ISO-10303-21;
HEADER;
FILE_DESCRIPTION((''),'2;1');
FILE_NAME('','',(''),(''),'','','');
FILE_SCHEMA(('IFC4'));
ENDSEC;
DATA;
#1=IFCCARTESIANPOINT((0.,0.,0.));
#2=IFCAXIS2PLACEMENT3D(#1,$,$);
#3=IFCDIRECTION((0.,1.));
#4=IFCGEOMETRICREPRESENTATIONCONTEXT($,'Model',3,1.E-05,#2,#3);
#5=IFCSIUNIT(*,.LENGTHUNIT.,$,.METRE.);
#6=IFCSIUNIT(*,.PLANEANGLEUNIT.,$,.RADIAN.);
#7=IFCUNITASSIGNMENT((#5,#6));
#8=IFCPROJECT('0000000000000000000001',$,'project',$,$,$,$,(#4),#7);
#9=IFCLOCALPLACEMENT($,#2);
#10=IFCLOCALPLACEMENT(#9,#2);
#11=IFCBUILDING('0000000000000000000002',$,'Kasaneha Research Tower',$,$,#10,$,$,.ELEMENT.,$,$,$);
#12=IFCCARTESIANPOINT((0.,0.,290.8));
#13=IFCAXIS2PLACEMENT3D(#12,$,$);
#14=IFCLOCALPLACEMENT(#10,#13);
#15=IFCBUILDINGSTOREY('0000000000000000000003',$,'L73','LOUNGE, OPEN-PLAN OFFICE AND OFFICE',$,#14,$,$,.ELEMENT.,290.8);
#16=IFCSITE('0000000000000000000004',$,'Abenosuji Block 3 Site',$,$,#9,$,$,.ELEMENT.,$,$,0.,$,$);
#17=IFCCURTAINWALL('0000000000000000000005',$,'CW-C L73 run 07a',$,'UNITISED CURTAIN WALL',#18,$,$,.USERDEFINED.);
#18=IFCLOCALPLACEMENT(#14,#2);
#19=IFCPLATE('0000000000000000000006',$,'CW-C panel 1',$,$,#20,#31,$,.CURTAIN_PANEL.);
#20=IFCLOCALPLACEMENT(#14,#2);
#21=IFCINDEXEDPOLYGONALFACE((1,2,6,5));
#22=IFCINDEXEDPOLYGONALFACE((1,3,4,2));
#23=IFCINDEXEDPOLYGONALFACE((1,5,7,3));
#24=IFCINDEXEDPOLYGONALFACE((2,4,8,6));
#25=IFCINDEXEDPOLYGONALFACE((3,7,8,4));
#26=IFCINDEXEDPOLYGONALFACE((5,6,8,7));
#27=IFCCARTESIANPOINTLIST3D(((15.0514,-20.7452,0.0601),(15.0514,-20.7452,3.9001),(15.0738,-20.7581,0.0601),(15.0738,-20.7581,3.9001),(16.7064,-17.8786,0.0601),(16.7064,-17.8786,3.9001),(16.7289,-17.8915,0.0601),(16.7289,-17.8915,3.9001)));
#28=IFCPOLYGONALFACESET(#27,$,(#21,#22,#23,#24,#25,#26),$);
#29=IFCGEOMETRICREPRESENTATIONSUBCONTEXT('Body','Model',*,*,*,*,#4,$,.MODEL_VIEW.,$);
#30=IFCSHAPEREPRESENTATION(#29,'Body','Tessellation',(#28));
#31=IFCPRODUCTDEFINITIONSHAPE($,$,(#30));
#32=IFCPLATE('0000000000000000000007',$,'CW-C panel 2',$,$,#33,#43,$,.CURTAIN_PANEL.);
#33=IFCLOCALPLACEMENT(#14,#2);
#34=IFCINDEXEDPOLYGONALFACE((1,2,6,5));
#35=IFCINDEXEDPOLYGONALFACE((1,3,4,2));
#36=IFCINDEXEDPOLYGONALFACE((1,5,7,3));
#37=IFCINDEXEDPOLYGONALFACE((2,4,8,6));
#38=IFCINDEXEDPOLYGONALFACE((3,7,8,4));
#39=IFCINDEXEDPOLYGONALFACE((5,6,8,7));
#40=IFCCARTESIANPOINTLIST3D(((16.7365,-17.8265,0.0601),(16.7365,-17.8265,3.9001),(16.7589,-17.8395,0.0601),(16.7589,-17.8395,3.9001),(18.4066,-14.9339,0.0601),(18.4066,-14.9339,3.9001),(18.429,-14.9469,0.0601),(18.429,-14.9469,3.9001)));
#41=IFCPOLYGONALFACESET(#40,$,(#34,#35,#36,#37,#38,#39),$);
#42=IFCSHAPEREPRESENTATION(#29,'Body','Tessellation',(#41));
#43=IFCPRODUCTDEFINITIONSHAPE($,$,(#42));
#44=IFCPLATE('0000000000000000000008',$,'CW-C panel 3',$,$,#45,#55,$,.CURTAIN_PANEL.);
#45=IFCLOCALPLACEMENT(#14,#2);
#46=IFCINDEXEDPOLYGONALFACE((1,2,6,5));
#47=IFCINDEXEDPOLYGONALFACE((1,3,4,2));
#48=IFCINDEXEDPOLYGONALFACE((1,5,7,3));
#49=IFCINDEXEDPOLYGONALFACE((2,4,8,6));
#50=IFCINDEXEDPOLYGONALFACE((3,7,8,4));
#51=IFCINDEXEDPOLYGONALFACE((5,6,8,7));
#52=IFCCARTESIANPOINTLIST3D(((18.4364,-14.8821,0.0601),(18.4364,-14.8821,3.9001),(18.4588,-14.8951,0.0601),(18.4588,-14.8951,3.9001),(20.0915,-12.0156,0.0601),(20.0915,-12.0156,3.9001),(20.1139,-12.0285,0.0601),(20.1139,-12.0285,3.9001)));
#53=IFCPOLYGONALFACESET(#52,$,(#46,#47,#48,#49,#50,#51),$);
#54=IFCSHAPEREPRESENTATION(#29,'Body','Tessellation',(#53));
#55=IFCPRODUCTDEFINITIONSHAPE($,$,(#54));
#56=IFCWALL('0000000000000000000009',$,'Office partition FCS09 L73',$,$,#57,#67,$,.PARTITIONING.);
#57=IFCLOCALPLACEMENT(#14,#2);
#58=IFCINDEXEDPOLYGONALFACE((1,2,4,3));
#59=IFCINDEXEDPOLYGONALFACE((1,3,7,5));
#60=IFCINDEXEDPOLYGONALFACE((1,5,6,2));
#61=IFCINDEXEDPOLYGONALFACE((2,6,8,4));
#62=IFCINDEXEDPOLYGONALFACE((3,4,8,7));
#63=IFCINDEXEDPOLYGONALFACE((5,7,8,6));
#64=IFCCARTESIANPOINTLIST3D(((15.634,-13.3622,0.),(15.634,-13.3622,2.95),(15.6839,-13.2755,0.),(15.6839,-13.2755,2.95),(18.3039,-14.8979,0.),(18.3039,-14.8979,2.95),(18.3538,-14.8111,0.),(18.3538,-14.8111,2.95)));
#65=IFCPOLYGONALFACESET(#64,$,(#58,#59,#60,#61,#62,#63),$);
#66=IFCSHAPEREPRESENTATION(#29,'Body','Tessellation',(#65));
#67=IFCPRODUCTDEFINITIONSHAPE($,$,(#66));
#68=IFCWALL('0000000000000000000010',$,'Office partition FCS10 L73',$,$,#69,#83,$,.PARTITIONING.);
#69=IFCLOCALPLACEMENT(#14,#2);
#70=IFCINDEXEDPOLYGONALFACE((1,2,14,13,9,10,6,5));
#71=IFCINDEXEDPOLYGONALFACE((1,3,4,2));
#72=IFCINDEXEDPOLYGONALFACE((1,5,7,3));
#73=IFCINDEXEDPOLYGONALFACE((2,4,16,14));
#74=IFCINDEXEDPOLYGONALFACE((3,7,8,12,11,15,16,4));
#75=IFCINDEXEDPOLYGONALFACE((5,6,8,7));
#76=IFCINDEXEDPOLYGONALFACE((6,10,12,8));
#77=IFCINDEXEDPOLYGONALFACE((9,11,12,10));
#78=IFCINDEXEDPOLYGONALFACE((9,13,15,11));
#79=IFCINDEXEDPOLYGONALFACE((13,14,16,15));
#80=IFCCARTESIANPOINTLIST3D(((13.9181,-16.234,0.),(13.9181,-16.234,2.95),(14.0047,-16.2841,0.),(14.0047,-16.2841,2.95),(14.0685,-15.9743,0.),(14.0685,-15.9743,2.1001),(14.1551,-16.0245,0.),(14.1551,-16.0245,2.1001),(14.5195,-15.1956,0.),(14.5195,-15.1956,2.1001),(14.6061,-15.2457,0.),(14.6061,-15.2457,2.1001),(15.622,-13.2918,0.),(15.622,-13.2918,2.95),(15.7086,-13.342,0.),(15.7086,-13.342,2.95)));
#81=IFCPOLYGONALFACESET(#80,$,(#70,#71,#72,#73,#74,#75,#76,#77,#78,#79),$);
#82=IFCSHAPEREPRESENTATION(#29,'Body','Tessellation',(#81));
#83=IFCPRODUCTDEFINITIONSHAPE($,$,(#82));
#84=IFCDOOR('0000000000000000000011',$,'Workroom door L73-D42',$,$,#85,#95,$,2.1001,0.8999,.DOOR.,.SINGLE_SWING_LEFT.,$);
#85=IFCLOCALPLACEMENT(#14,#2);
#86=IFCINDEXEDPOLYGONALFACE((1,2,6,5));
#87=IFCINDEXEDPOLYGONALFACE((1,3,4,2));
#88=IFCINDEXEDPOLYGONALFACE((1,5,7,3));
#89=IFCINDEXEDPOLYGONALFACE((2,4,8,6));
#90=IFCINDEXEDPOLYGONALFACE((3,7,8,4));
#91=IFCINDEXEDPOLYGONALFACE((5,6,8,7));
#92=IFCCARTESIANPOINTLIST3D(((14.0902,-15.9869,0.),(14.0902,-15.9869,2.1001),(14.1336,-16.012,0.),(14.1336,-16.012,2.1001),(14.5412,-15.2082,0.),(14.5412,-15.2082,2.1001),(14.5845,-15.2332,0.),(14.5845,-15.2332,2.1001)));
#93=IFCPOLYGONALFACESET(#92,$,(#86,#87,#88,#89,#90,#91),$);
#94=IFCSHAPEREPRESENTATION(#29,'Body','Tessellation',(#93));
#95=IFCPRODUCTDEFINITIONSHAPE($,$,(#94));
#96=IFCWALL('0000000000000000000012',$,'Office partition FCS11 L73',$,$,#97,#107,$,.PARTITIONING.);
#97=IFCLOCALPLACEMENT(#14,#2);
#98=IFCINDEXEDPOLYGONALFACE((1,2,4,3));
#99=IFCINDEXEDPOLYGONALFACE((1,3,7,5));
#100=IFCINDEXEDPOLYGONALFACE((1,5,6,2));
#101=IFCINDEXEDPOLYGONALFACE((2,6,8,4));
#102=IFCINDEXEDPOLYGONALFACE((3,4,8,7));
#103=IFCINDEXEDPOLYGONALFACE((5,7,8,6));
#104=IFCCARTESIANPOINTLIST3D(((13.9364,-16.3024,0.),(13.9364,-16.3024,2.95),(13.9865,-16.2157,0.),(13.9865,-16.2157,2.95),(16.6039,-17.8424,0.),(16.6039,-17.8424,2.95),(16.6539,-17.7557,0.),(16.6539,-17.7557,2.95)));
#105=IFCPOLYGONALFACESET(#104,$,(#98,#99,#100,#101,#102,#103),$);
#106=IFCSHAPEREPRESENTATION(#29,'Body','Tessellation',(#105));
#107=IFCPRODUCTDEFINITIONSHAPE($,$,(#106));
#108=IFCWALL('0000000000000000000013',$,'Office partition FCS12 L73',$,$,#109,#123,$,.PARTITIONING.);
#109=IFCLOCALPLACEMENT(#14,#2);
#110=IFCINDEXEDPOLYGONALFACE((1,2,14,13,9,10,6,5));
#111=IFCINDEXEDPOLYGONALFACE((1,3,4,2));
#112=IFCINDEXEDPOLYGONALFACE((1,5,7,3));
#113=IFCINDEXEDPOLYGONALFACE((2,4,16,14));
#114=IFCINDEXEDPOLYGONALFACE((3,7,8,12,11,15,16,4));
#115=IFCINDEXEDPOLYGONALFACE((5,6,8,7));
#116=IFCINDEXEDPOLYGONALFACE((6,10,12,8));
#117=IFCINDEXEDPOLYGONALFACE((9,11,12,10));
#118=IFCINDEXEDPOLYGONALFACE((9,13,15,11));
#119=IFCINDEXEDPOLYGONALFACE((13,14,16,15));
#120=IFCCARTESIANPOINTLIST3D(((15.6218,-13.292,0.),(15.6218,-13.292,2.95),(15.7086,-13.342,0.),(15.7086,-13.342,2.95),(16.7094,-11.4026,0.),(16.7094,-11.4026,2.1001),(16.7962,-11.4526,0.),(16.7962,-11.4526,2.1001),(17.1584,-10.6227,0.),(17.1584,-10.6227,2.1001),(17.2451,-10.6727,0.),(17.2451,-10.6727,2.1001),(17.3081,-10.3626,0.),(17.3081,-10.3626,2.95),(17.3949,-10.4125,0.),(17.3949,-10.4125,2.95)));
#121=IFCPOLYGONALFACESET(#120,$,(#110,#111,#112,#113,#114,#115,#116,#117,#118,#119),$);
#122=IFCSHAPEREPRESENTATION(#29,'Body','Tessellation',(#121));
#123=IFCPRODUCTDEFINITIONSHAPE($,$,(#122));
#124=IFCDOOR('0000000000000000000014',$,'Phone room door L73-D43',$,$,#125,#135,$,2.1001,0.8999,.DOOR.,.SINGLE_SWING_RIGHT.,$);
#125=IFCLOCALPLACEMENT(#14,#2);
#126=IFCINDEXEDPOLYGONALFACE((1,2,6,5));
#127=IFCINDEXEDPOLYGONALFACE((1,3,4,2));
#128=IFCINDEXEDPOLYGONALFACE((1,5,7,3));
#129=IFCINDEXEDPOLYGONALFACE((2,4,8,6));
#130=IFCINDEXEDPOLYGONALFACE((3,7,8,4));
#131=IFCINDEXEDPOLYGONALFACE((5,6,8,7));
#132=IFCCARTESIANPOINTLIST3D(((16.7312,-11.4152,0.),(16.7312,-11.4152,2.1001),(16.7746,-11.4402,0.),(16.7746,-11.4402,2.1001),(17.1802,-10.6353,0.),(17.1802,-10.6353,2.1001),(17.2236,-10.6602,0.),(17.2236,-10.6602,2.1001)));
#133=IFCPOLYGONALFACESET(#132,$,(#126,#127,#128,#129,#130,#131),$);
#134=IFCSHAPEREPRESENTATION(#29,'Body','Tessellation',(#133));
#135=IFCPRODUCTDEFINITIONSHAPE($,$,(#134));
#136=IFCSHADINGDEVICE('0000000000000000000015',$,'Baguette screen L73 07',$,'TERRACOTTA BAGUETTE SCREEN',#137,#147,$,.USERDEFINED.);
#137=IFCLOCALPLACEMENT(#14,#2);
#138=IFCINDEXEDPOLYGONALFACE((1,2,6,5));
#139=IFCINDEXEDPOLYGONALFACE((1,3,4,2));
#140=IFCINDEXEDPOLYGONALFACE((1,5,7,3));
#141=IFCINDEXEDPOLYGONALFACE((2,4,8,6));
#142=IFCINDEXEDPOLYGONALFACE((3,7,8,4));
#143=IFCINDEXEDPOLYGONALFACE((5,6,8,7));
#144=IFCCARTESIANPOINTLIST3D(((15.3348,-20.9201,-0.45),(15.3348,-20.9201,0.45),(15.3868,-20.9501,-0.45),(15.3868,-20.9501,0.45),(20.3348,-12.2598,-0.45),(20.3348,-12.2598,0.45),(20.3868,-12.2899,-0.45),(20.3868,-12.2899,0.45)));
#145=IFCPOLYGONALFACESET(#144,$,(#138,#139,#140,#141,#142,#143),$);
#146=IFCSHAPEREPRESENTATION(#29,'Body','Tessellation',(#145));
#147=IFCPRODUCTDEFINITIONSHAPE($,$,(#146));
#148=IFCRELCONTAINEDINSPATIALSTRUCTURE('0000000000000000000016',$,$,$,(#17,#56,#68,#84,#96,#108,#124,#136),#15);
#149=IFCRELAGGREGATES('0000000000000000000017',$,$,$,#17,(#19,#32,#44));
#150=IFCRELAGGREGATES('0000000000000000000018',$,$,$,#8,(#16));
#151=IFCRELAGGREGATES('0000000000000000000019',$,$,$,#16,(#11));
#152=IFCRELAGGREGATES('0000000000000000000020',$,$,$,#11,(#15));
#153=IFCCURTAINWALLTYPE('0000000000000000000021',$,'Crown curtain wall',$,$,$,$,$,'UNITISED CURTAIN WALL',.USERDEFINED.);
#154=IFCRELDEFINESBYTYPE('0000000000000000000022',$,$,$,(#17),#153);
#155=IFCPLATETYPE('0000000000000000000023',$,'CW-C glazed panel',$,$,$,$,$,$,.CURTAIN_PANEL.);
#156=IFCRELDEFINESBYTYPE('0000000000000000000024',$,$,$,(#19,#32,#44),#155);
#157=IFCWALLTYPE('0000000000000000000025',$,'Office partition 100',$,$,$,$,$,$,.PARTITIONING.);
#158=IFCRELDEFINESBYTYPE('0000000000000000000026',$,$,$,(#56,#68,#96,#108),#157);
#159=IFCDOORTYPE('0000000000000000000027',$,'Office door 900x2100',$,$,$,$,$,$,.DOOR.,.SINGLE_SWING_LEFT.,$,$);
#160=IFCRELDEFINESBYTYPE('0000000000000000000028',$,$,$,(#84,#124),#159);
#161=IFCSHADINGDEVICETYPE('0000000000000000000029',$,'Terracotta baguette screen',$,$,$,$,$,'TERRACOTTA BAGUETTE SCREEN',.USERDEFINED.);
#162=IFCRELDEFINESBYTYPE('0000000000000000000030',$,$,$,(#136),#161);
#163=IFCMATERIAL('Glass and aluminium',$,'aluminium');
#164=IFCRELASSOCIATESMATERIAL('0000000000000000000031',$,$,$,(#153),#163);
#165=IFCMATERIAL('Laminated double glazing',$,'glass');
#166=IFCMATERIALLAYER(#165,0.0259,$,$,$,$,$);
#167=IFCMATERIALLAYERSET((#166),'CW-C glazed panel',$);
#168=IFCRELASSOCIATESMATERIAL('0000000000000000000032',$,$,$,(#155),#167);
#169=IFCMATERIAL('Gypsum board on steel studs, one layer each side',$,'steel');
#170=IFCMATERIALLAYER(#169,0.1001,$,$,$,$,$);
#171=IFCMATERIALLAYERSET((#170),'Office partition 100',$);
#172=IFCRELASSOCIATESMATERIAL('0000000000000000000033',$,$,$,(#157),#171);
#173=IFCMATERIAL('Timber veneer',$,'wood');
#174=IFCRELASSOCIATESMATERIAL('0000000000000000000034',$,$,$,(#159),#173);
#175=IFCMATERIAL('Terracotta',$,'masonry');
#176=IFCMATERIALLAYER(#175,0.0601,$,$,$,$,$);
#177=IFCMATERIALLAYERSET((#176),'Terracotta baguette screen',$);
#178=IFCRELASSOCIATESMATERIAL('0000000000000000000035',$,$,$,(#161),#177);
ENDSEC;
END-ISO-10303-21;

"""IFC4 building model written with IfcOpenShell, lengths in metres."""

from ifc_helpers import new_model, si_unit, direction, frame, frame_2d, origin, origin_2d, place, context, subcontext, project, spatial, rectangle, extrude, material, layer, layer_set, type_object, element, fill, aggregate, save


model = new_model("IFC4")

# Units and contexts
model_context = context("Model", 3, precision=1e-05, world=origin(), true_north=direction((0.0, 1.0)))
body_context = subcontext(model_context, "Body", "Model", "MODEL_VIEW")
ifc_project = project(units=[si_unit("LENGTHUNIT", "METRE"), si_unit("PLANEANGLEUNIT", "RADIAN")], contexts=[model_context])

# Site, building, storey
site_placement = place(None, origin())
site = spatial("IfcSite", under=ifc_project, at=site_placement, Name="Abenosuji Block 3 Site", CompositionType="ELEMENT", RefElevation=0.0)
building_placement = place(site_placement, origin())
building = spatial("IfcBuilding", under=site, at=building_placement, Name="Kasaneha Research Tower", CompositionType="ELEMENT")
storey_placement = place(building_placement, frame((0.0, 0.0, 290.8)))
storey = spatial("IfcBuildingStorey", under=building, at=storey_placement, Name="L73", Description="LOUNGE, OPEN-PLAN OFFICE AND OFFICE", CompositionType="ELEMENT", Elevation=290.8)

# Shared definitions
ifc_material_1 = material(Name="Glass and aluminium", Category="aluminium")
curtain_wall_type = type_object("IfcCurtainWallType", Name="Crown curtain wall", ElementType="UNITISED CURTAIN WALL", PredefinedType="USERDEFINED", material=ifc_material_1)

# Curtain wall
curtain_wall_1_placement = place(storey_placement, origin())
curtain_wall_1 = element("IfcCurtainWall", 1, at=curtain_wall_1_placement, inside=storey, type_object=curtain_wall_type, Name="CW-C L73 run 07a", ObjectType="UNITISED CURTAIN WALL", PredefinedType="USERDEFINED")

# Plates
ifc_material_2 = material(Name="Laminated double glazing", Category="glass")
ifc_layer_1 = layer(ifc_material_2, 0.0259)
ifc_layer_set_1 = layer_set([ifc_layer_1], Name="CW-C glazed panel")
plate_type = type_object("IfcPlateType", Name="CW-C glazed panel", PredefinedType="CURTAIN_PANEL", material=ifc_layer_set_1)
plate_1_placement = place(storey_placement, frame((15.8901, -19.3184, 0.0601), z_axis=(0.0, 0.0, 1.0), x_axis=(0.5, 0.866025, 0.0)))
plate_1 = element("IfcPlate", 2, at=plate_1_placement, type_object=plate_type, Name="CW-C panel 1", PredefinedType="CURTAIN_PANEL", context=body_context, shape_type="SweptSolid", body=[
    extrude(rectangle(XDim=3.3101, YDim=0.0259, at=origin_2d()), origin(), (0.0, 0.0, 1.0), 3.8401),
])
plate_2_placement = place(storey_placement, frame((17.5828, -16.3867, 0.0601), z_axis=(0.0, 0.0, 1.0), x_axis=(0.5, 0.866025, 0.0)))
plate_2 = element("IfcPlate", 3, at=plate_2_placement, type_object=plate_type, Name="CW-C panel 2", PredefinedType="CURTAIN_PANEL", context=body_context, shape_type="SweptSolid", body=[
    extrude(rectangle(XDim=3.3401, YDim=0.0259, at=origin_2d()), origin(), (0.0, 0.0, 1.0), 3.8401),
])
plate_3_placement = place(storey_placement, frame((19.2751, -13.4553, 0.0601), z_axis=(0.0, 0.0, 1.0), x_axis=(0.5, 0.866025, 0.0)))
plate_3 = element("IfcPlate", 4, at=plate_3_placement, type_object=plate_type, Name="CW-C panel 3", PredefinedType="CURTAIN_PANEL", context=body_context, shape_type="SweptSolid", body=[
    extrude(rectangle(XDim=3.3101, YDim=0.0259, at=origin_2d()), origin(), (0.0, 0.0, 1.0), 3.8401),
])
aggregate(curtain_wall_1, [plate_1, plate_2, plate_3])

# Wall
ifc_material_3 = material(Name="Gypsum board on steel studs, one layer each side", Category="steel")
ifc_layer_2 = layer(ifc_material_3, 0.1001)
ifc_layer_set_2 = layer_set([ifc_layer_2], Name="Office partition 100")
wall_type = type_object("IfcWallType", Name="Office partition 100", PredefinedType="PARTITIONING", material=ifc_layer_set_2)
wall_1_placement = place(storey_placement, frame((15.6589, -13.3188, 0.0), z_axis=(0.0, 0.0, 1.0), x_axis=(0.866845, -0.498578, 0.0)))
element("IfcWall", 5, at=wall_1_placement, inside=storey, type_object=wall_type, Name="Office partition FCS09 L73", PredefinedType="PARTITIONING", context=body_context, shape_type="SweptSolid", body=[
    extrude(rectangle(XDim=3.0801, YDim=0.1001, at=frame_2d((1.54, 0.0))), origin(), (0.0, 0.0, 1.0), 2.95),
])

# Wall, opening, door
wall_2_placement = place(storey_placement, frame((13.9614, -16.259, 0.0), z_axis=(0.0, 0.0, 1.0), x_axis=(0.501149, 0.865361, 0.0)))
wall_2 = element("IfcWall", 6, at=wall_2_placement, inside=storey, type_object=wall_type, Name="Office partition FCS10 L73", PredefinedType="PARTITIONING", context=body_context, shape_type="SweptSolid", body=[
    extrude(rectangle(XDim=3.3999, YDim=0.1001, at=frame_2d((1.7, 0.0))), origin(), (0.0, 0.0, 1.0), 2.95),
])
opening_1_placement = place(wall_2_placement, frame((0.3, 0.0, 0.0)))
opening_1 = element("IfcOpeningElement", 7, at=opening_1_placement, cuts=wall_2, PredefinedType="OPENING", context=body_context, shape_type="SweptSolid", body=[
    extrude(rectangle(XDim=0.8999, YDim=2.1001, at=frame_2d((0.45, 1.05))), frame((0.0, 0.0601, 0.0), z_axis=(0.0, -1.0, 0.0), x_axis=(1.0, 0.0, 0.0)), (0.0, 0.0, 1.0), 0.1201),
])
ifc_material_4 = material(Name="Timber veneer", Category="wood")
door_type = type_object("IfcDoorType", Name="Office door 900x2100", OperationType="SINGLE_SWING_LEFT", PredefinedType="DOOR", material=ifc_material_4)
door_1_placement = place(opening_1_placement, origin())
door_1 = element("IfcDoor", 8, at=door_1_placement, inside=storey, type_object=door_type, Name="Workroom door L73-D42", OperationType="SINGLE_SWING_LEFT", OverallHeight=2.1001, OverallWidth=0.8999, PredefinedType="DOOR", context=body_context, shape_type="SweptSolid", body=[
    extrude(rectangle(XDim=0.8999, YDim=2.1001, at=frame_2d((0.45, 1.05))), frame((0.0, 0.0249, 0.0), z_axis=(0.0, -1.0, 0.0), x_axis=(1.0, 0.0, 0.0)), (0.0, 0.0, 1.0), 0.05),
])
fill(opening_1, door_1)

# Wall
wall_3_placement = place(storey_placement, frame((16.6289, -17.7991, 0.0), z_axis=(0.0, 0.0, 1.0), x_axis=(-0.86603, 0.499992, 0.0)))
element("IfcWall", 9, at=wall_3_placement, inside=storey, type_object=wall_type, Name="Office partition FCS11 L73", PredefinedType="PARTITIONING", context=body_context, shape_type="SweptSolid", body=[
    extrude(rectangle(XDim=3.0801, YDim=0.1001, at=frame_2d((1.54, 0.0))), origin(), (0.0, 0.0, 1.0), 2.95),
])

# Wall, opening, door
wall_4_placement = place(storey_placement, frame((15.6653, -13.3169, 0.0), z_axis=(0.0, 0.0, 1.0), x_axis=(0.498882, 0.86667, 0.0)))
wall_4 = element("IfcWall", 10, at=wall_4_placement, inside=storey, type_object=wall_type, Name="Office partition FCS12 L73", PredefinedType="PARTITIONING", context=body_context, shape_type="SweptSolid", body=[
    extrude(rectangle(XDim=3.3801, YDim=0.1001, at=frame_2d((1.6899, 0.0))), origin(), (0.0, 0.0, 1.0), 2.95),
])
opening_2_placement = place(wall_4_placement, frame((2.1799, 0.0, 0.0)))
opening_2 = element("IfcOpeningElement", 11, at=opening_2_placement, cuts=wall_4, PredefinedType="OPENING", context=body_context, shape_type="SweptSolid", body=[
    extrude(rectangle(XDim=0.8999, YDim=2.1001, at=frame_2d((0.45, 1.05))), frame((0.0, 0.0601, 0.0), z_axis=(0.0, -1.0, 0.0), x_axis=(1.0, 0.0, 0.0)), (0.0, 0.0, 1.0), 0.1201),
])
door_2_placement = place(opening_2_placement, origin())
door_2 = element("IfcDoor", 12, at=door_2_placement, inside=storey, type_object=door_type, Name="Phone room door L73-D43", OperationType="SINGLE_SWING_RIGHT", OverallHeight=2.1001, OverallWidth=0.8999, PredefinedType="DOOR", context=body_context, shape_type="SweptSolid", body=[
    extrude(rectangle(XDim=0.8999, YDim=2.1001, at=frame_2d((0.45, 1.05))), frame((0.0, 0.0249, 0.0), z_axis=(0.0, -1.0, 0.0), x_axis=(1.0, 0.0, 0.0)), (0.0, 0.0, 1.0), 0.05),
])
fill(opening_2, door_2)

# Shading device
ifc_material_5 = material(Name="Terracotta", Category="masonry")
ifc_layer_3 = layer(ifc_material_5, 0.0601)
ifc_layer_set_3 = layer_set([ifc_layer_3], Name="Terracotta baguette screen")
shading_device_type = type_object("IfcShadingDeviceType", Name="Terracotta baguette screen", ElementType="TERRACOTTA BAGUETTE SCREEN", PredefinedType="USERDEFINED", material=ifc_layer_set_3)
shading_device_placement = place(storey_placement, frame((17.8608, -16.605, -0.45), z_axis=(0.0, 0.0, 1.0), x_axis=(0.5, 0.866025, 0.0)))
element("IfcShadingDevice", 13, at=shading_device_placement, inside=storey, type_object=shading_device_type, Name="Baguette screen L73 07", ObjectType="TERRACOTTA BAGUETTE SCREEN", PredefinedType="USERDEFINED", context=body_context, shape_type="SweptSolid", body=[
    extrude(rectangle(XDim=10.0, YDim=0.0601, at=origin_2d()), origin(), (0.0, 0.0, 1.0), 0.8999),
])

save(model, "model.ifc")
